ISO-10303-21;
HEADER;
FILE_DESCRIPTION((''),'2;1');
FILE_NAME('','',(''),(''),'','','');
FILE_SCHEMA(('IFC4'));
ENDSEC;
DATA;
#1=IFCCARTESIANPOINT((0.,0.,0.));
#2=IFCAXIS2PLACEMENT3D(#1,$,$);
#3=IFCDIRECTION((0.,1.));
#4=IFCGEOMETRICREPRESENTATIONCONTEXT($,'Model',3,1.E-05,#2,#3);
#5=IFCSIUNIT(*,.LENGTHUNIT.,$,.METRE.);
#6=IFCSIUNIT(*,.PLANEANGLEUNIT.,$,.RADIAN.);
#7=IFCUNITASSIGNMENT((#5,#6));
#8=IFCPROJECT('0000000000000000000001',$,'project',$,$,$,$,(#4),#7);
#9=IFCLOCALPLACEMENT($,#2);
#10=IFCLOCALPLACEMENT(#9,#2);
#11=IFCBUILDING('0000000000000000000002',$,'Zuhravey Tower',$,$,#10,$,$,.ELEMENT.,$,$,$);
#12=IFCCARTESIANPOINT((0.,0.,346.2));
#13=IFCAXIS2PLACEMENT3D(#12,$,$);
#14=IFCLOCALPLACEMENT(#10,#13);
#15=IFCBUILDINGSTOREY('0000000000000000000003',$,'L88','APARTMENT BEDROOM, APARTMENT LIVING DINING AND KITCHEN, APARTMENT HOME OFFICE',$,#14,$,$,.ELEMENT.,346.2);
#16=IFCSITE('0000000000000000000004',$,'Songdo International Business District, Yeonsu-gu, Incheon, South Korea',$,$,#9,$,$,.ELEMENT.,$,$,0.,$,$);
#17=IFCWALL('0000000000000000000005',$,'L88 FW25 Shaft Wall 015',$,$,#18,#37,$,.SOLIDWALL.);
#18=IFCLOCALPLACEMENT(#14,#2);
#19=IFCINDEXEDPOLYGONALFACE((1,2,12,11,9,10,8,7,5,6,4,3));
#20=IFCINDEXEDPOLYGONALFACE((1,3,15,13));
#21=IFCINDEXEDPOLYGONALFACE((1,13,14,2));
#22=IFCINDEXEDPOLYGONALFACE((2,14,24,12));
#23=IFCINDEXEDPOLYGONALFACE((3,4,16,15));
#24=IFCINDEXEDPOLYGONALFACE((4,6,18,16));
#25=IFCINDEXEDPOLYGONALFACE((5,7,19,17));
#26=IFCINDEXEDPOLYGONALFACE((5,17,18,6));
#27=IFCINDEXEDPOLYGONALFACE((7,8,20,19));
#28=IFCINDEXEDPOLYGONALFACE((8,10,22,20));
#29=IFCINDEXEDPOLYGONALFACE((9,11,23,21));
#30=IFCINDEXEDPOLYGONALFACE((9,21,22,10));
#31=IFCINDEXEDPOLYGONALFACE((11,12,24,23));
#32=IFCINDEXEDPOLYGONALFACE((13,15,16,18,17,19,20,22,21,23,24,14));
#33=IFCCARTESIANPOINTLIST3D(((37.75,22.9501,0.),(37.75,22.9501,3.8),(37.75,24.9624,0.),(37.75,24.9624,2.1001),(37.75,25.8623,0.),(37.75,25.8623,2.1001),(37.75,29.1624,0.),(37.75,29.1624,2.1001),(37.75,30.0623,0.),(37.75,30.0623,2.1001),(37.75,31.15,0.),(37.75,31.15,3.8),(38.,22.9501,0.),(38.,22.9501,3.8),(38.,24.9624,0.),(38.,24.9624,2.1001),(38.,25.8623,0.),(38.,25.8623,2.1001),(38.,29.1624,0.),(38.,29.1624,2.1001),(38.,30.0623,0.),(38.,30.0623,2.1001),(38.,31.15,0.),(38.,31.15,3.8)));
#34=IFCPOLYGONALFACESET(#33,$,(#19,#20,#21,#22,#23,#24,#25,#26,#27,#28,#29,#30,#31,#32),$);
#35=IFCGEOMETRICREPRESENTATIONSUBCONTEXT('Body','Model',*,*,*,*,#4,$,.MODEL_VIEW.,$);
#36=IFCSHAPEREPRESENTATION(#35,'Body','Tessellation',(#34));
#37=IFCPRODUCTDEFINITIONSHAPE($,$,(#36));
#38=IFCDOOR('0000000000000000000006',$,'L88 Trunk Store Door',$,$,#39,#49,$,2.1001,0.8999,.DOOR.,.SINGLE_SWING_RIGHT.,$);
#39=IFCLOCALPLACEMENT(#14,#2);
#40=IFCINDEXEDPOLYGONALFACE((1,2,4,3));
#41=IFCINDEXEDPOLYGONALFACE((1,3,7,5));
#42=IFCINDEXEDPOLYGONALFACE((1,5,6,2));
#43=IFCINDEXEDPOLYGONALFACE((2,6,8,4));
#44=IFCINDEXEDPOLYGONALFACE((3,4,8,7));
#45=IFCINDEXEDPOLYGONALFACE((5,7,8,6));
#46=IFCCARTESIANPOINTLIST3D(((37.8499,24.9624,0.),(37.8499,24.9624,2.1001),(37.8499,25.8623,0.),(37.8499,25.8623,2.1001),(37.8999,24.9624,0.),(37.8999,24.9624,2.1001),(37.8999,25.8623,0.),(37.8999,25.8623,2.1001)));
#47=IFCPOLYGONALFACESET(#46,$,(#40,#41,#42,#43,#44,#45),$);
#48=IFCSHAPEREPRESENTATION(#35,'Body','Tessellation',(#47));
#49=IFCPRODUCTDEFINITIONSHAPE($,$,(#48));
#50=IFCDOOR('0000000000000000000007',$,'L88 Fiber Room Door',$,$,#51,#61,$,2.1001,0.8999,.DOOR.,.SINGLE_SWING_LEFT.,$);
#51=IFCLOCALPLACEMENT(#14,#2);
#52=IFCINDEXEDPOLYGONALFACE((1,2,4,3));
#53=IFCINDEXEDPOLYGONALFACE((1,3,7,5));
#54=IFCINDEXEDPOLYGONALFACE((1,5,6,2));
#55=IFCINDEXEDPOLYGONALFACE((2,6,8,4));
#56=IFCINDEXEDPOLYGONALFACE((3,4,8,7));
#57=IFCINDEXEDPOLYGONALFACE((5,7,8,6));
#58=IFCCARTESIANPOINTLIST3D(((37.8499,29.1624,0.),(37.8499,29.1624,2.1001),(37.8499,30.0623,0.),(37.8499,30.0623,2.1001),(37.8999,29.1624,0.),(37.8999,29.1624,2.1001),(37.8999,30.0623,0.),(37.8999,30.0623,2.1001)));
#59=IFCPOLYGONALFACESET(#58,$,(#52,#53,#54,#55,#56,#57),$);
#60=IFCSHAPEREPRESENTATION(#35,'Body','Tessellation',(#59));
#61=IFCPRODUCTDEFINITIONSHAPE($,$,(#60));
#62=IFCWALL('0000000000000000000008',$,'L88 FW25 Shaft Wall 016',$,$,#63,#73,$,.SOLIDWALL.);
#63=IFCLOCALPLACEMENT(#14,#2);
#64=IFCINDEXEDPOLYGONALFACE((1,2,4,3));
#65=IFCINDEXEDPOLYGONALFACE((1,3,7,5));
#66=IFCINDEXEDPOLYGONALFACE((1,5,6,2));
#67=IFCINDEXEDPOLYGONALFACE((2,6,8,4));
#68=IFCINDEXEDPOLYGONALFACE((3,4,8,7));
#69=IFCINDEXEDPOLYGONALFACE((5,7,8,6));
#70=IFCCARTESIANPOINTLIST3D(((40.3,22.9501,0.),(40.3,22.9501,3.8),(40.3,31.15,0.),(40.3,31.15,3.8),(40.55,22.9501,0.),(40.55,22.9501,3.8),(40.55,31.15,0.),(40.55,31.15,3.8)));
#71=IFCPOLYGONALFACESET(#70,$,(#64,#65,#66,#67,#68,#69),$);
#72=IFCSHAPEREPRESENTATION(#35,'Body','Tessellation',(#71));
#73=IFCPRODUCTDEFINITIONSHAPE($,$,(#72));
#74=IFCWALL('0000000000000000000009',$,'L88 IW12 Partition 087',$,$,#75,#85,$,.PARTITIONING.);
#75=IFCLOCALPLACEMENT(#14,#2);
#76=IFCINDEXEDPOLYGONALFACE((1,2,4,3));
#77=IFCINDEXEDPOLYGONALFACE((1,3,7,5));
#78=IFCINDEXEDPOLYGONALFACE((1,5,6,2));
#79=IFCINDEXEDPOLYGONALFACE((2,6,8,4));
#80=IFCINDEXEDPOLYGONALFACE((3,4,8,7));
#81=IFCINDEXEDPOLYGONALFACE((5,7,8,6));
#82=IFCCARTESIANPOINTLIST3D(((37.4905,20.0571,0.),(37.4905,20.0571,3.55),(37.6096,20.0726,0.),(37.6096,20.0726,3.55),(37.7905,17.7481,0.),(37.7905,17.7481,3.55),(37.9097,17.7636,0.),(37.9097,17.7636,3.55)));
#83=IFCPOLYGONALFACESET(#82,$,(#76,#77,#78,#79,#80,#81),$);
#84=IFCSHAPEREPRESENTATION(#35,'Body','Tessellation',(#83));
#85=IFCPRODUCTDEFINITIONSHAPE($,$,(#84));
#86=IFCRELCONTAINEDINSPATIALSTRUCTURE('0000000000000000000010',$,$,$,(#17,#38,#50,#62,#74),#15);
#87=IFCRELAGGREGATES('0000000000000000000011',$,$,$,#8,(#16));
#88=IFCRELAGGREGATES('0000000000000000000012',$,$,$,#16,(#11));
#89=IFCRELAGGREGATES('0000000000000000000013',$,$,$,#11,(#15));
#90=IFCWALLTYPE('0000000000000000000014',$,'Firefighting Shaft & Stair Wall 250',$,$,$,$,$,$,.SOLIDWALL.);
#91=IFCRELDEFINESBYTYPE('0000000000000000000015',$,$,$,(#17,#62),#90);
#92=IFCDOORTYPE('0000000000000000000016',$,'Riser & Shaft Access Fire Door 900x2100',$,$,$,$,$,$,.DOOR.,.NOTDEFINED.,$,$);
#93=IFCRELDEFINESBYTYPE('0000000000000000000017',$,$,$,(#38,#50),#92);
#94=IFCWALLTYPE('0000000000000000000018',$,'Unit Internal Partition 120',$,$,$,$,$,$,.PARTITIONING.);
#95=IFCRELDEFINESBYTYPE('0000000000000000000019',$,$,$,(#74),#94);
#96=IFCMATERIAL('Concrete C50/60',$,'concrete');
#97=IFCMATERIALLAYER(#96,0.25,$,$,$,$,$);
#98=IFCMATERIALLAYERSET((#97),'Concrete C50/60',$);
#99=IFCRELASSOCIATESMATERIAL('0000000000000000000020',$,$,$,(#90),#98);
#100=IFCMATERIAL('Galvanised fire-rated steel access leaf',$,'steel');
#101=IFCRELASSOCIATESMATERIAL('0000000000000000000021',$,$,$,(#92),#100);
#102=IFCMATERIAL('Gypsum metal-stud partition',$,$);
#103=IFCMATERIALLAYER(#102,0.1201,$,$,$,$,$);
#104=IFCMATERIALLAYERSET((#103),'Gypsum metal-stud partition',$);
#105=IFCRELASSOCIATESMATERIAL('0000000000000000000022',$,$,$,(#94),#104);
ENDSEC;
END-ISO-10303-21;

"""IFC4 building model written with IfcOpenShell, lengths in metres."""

from ifc_helpers import new_model, si_unit, direction, frame, frame_2d, origin, place, context, subcontext, project, spatial, rectangle, extrude, material, layer, layer_set, type_object, element, fill, save


model = new_model("IFC4")

# Units and contexts
model_context = context("Model", 3, precision=1e-05, world=origin(), true_north=direction((0.0, 1.0)))
body_context = subcontext(model_context, "Body", "Model", "MODEL_VIEW")
ifc_project = project(units=[si_unit("LENGTHUNIT", "METRE"), si_unit("PLANEANGLEUNIT", "RADIAN")], contexts=[model_context])

# Site, building, storey
site_placement = place(None, origin())
site = spatial("IfcSite", under=ifc_project, at=site_placement, Name="Songdo International Business District, Yeonsu-gu, Incheon, South Korea", CompositionType="ELEMENT", RefElevation=0.0)
building_placement = place(site_placement, origin())
building = spatial("IfcBuilding", under=site, at=building_placement, Name="Zuhravey Tower", CompositionType="ELEMENT")
storey_placement = place(building_placement, frame((0.0, 0.0, 346.2)))
storey = spatial("IfcBuildingStorey", under=building, at=storey_placement, Name="L88", Description="APARTMENT BEDROOM, APARTMENT LIVING DINING AND KITCHEN, APARTMENT HOME OFFICE", CompositionType="ELEMENT", Elevation=346.2)

# Shared definitions
ifc_material_1 = material(Name="Concrete C50/60", Category="concrete")

# Shared definitions
ifc_layer_1 = layer(ifc_material_1, 0.25)
ifc_layer_set_1 = layer_set([ifc_layer_1], Name="Concrete C50/60")
wall_type_1 = type_object("IfcWallType", Name="Firefighting Shaft & Stair Wall 250", PredefinedType="SOLIDWALL", material=ifc_layer_set_1)

# Wall, openings, doors
wall_1_placement = place(storey_placement, frame((37.875, 22.95, 0.0), z_axis=(0.0, 0.0, 1.0), x_axis=(0.0, 1.0, 0.0)))
wall_1 = element("IfcWall", 1, at=wall_1_placement, inside=storey, type_object=wall_type_1, Name="L88 FW25 Shaft Wall 015", PredefinedType="SOLIDWALL", context=body_context, shape_type="SweptSolid", body=[
    extrude(rectangle(XDim=8.2, YDim=0.25, at=frame_2d((4.1001, 0.0))), origin(), (0.0, 0.0, 1.0), 3.8),
])
opening_1_placement = place(wall_1_placement, frame((2.0125, 0.0, 0.0)))
opening_1 = element("IfcOpeningElement", 2, at=opening_1_placement, cuts=wall_1, PredefinedType="OPENING", context=body_context, shape_type="SweptSolid", body=[
    extrude(rectangle(XDim=0.8999, YDim=2.1001, at=frame_2d((0.45, 1.05))), frame((0.0, 0.137, 0.0), z_axis=(0.0, -1.0, 0.0), x_axis=(1.0, 0.0, 0.0)), (0.0, 0.0, 1.0), 0.2739),
])
opening_2_placement = place(wall_1_placement, frame((6.2124, 0.0, 0.0)))
opening_2 = element("IfcOpeningElement", 3, at=opening_2_placement, cuts=wall_1, PredefinedType="OPENING", context=body_context, shape_type="SweptSolid", body=[
    extrude(rectangle(XDim=0.8999, YDim=2.1001, at=frame_2d((0.45, 1.05))), frame((0.0, 0.137, 0.0), z_axis=(0.0, -1.0, 0.0), x_axis=(1.0, 0.0, 0.0)), (0.0, 0.0, 1.0), 0.2739),
])
ifc_material_2 = material(Name="Galvanised fire-rated steel access leaf", Category="steel")
door_type_1 = type_object("IfcDoorType", Name="Riser & Shaft Access Fire Door 900x2100", OperationType="NOTDEFINED", PredefinedType="DOOR", material=ifc_material_2)
door_1_placement = place(opening_1_placement, frame((0.8999, 0.0, 0.0), z_axis=(0.0, 0.0, 1.0), x_axis=(-1.0, 0.0, 0.0)))
door_1 = element("IfcDoor", 4, at=door_1_placement, inside=storey, type_object=door_type_1, Name="L88 Trunk Store Door", OperationType="SINGLE_SWING_RIGHT", OverallHeight=2.1001, OverallWidth=0.8999, PredefinedType="DOOR", context=body_context, shape_type="SweptSolid", body=[
    extrude(rectangle(XDim=0.8999, YDim=2.1001, at=frame_2d((0.45, 1.05))), frame((0.0, 0.0249, 0.0), z_axis=(0.0, -1.0, 0.0), x_axis=(1.0, 0.0, 0.0)), (0.0, 0.0, 1.0), 0.05),
])
fill(opening_1, door_1)
door_2_placement = place(opening_2_placement, frame((0.8999, 0.0, 0.0), z_axis=(0.0, 0.0, 1.0), x_axis=(-1.0, 0.0, 0.0)))
door_2 = element("IfcDoor", 5, at=door_2_placement, inside=storey, type_object=door_type_1, Name="L88 Fiber Room Door", OperationType="SINGLE_SWING_LEFT", OverallHeight=2.1001, OverallWidth=0.8999, PredefinedType="DOOR", context=body_context, shape_type="SweptSolid", body=[
    extrude(rectangle(XDim=0.8999, YDim=2.1001, at=frame_2d((0.45, 1.05))), frame((0.0, 0.0249, 0.0), z_axis=(0.0, -1.0, 0.0), x_axis=(1.0, 0.0, 0.0)), (0.0, 0.0, 1.0), 0.05),
])
fill(opening_2, door_2)

# Walls
wall_2_placement = place(storey_placement, frame((40.425, 22.95, 0.0), z_axis=(0.0, 0.0, 1.0), x_axis=(0.0, 1.0, 0.0)))
element("IfcWall", 6, at=wall_2_placement, inside=storey, type_object=wall_type_1, Name="L88 FW25 Shaft Wall 016", PredefinedType="SOLIDWALL", context=body_context, shape_type="SweptSolid", body=[
    extrude(rectangle(XDim=8.2, YDim=0.25, at=frame_2d((4.1001, 0.0))), origin(), (0.0, 0.0, 1.0), 3.8),
])
ifc_material_3 = material(Name="Gypsum metal-stud partition")
ifc_layer_2 = layer(ifc_material_3, 0.1201)
ifc_layer_set_2 = layer_set([ifc_layer_2], Name="Gypsum metal-stud partition")
wall_type_2 = type_object("IfcWallType", Name="Unit Internal Partition 120", PredefinedType="PARTITIONING", material=ifc_layer_set_2)
wall_3_placement = place(storey_placement, frame((37.55, 20.0647, 0.0), z_axis=(0.0, 0.0, 1.0), x_axis=(0.128873, -0.991661, 0.0)))
element("IfcWall", 7, at=wall_3_placement, inside=storey, type_object=wall_type_2, Name="L88 IW12 Partition 087", PredefinedType="PARTITIONING", context=body_context, shape_type="SweptSolid", body=[
    extrude(rectangle(XDim=2.3284, YDim=0.1201, at=frame_2d((1.1641, 0.0))), origin(), (0.0, 0.0, 1.0), 3.55),
])

save(model, "model.ifc")
